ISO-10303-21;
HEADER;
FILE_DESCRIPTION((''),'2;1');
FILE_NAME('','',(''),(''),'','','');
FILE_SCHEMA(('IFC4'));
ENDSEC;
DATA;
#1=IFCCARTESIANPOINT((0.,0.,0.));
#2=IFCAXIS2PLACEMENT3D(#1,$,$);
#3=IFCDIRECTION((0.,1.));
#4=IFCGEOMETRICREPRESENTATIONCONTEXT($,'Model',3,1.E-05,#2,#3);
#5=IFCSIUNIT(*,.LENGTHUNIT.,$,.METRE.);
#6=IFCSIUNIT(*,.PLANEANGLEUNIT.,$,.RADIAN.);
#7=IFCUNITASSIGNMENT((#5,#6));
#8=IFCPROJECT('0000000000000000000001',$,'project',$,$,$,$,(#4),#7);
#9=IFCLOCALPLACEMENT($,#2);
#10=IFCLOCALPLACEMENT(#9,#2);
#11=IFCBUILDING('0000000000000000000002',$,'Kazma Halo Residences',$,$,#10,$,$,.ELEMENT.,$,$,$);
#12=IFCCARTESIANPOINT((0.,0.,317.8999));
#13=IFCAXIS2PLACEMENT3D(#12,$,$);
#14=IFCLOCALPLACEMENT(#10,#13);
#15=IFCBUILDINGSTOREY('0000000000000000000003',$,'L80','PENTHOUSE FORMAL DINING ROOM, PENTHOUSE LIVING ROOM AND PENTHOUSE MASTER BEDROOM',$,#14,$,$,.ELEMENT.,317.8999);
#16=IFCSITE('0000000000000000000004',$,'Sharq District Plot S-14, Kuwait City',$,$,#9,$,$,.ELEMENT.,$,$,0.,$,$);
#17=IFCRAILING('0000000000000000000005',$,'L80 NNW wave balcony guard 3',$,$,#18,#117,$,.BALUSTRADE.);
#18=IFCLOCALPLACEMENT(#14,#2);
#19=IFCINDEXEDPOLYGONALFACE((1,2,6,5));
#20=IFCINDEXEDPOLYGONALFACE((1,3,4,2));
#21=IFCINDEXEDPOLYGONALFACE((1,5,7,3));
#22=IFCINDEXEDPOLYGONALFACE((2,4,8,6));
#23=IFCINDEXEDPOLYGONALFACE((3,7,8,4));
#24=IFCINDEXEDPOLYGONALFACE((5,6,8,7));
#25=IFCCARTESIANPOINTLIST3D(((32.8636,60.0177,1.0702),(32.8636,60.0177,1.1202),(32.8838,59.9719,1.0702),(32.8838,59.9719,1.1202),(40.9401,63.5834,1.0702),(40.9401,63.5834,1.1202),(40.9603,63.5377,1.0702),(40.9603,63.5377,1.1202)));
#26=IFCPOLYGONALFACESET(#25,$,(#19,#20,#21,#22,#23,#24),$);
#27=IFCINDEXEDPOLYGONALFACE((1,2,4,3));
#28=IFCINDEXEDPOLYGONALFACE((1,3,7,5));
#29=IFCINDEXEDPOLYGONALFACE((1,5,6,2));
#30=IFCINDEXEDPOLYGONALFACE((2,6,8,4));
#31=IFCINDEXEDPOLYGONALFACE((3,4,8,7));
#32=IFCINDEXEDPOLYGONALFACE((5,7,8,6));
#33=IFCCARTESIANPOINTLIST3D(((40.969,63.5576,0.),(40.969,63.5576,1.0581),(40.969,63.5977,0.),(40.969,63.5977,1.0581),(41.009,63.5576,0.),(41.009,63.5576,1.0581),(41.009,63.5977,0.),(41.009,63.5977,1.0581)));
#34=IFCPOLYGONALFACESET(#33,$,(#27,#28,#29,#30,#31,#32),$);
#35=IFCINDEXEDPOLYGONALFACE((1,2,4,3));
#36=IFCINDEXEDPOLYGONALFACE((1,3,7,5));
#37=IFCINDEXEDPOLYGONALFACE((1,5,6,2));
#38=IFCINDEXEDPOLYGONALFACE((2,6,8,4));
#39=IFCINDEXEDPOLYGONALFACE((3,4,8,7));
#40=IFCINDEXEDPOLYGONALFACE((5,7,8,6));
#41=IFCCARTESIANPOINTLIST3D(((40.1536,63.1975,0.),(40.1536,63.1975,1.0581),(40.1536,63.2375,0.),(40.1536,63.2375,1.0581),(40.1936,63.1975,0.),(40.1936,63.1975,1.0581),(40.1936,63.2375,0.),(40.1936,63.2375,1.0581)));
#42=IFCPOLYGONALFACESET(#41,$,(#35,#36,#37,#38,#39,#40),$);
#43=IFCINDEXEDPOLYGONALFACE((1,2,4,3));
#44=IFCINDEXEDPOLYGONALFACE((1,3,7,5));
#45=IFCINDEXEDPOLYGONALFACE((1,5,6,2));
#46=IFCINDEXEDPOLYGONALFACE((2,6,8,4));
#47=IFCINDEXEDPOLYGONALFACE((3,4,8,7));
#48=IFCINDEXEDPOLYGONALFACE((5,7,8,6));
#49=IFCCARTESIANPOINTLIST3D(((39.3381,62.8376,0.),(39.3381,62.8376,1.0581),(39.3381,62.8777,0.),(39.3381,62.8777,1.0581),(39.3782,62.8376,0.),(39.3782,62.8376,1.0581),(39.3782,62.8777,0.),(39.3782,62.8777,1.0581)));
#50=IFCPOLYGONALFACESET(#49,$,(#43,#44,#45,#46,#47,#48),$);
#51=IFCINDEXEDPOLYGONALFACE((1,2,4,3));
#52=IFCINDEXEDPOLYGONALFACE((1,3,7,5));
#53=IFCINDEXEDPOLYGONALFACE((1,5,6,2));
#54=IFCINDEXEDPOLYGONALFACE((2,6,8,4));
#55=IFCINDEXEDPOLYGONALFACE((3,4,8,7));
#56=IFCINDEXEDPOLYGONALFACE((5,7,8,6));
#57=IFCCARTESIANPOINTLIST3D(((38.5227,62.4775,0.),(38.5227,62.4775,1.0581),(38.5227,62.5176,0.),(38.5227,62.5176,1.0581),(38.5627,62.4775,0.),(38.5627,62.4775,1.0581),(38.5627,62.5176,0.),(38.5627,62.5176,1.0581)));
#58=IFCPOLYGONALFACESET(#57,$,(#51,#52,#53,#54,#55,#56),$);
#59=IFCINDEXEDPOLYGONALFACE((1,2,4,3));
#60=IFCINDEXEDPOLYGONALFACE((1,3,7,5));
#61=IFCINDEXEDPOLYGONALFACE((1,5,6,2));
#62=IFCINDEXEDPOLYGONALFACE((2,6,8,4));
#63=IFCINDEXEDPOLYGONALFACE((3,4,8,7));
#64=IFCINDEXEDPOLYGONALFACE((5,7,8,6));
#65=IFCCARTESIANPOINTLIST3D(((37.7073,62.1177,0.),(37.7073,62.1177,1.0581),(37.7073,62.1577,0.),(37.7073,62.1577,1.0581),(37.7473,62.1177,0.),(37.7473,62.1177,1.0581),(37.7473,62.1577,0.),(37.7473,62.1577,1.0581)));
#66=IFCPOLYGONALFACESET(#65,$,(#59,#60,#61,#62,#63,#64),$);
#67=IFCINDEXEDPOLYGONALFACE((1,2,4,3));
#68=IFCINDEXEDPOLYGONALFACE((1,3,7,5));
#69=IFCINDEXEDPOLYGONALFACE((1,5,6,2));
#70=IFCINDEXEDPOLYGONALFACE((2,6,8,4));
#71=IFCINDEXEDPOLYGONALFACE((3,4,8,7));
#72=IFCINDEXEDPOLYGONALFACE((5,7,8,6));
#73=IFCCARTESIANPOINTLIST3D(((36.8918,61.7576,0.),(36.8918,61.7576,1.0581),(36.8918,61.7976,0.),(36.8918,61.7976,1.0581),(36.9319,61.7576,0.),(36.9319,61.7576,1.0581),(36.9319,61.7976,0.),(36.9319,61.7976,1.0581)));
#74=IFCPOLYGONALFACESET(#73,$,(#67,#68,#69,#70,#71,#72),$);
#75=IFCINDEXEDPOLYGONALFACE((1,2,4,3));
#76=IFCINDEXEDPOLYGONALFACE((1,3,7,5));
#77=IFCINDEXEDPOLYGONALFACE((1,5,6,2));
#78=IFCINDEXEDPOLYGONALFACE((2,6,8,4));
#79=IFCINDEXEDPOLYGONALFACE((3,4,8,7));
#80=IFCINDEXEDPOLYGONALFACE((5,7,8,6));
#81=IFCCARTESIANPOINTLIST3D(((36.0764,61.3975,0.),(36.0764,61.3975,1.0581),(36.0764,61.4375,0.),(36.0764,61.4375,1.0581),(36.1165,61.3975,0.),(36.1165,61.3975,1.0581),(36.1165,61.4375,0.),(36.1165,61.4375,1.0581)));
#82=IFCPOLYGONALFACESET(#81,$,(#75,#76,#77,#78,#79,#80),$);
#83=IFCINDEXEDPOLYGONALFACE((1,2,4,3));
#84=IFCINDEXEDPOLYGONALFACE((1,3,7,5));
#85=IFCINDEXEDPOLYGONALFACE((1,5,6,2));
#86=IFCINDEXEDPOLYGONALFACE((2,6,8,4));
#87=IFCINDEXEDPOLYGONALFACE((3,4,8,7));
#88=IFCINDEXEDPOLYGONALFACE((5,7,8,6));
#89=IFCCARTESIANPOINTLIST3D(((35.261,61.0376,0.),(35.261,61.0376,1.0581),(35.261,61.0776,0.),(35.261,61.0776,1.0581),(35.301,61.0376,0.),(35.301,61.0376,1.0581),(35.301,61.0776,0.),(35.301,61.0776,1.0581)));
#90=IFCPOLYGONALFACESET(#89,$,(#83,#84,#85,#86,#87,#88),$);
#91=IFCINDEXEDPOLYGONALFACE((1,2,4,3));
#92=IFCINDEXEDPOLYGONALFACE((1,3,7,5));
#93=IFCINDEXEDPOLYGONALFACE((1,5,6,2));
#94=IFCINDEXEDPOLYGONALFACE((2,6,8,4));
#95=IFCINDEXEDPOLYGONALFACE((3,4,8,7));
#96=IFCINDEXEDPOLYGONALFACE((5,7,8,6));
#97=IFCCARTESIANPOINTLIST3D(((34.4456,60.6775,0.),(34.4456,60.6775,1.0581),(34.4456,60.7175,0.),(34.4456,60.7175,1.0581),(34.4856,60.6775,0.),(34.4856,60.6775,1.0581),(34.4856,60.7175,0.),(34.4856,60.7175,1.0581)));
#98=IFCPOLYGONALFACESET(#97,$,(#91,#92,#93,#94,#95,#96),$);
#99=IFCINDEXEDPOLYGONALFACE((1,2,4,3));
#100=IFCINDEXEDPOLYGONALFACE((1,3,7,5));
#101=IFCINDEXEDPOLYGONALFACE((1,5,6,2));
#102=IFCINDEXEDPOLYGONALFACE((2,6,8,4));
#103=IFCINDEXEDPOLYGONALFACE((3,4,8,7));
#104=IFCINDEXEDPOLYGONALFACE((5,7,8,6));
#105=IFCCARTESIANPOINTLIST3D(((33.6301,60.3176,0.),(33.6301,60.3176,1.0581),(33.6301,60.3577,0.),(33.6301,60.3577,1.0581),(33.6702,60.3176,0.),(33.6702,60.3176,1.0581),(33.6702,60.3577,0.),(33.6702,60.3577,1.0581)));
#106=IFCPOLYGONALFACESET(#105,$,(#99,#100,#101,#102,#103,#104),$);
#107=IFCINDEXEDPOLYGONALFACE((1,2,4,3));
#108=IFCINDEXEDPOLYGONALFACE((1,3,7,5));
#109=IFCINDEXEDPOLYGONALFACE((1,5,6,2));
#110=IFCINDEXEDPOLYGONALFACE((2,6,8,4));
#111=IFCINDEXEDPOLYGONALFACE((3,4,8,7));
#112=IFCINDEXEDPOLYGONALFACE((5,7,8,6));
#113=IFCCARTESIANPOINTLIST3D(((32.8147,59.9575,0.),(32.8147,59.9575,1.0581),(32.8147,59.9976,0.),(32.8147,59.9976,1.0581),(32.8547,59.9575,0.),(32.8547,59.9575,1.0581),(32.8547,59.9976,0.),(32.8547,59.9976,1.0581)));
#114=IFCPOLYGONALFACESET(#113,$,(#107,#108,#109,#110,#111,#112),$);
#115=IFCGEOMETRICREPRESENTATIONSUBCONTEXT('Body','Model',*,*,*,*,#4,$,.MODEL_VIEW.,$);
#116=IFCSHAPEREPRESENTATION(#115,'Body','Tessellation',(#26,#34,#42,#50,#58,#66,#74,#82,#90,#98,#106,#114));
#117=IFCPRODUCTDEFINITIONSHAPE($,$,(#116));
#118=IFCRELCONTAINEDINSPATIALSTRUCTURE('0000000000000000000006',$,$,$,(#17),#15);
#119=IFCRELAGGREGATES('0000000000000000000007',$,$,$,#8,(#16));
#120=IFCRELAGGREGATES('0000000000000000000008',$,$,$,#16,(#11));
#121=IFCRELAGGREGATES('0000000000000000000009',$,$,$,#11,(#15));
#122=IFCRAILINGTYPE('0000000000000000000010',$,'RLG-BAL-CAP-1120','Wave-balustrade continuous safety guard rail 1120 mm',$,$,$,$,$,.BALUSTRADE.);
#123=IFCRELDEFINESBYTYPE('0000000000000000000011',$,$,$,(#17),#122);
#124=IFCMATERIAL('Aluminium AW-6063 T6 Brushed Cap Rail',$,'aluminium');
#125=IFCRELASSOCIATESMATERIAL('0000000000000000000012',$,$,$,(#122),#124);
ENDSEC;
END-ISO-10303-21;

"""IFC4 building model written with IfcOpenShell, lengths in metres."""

from ifc_helpers import new_model, si_unit, direction, frame, origin, origin_2d, place, context, subcontext, project, spatial, rectangle, extrude, material, type_object, element, save


model = new_model("IFC4")

# Units and contexts
model_context = context("Model", 3, precision=1e-05, world=origin(), true_north=direction((0.0, 1.0)))
body_context = subcontext(model_context, "Body", "Model", "MODEL_VIEW")
ifc_project = project(units=[si_unit("LENGTHUNIT", "METRE"), si_unit("PLANEANGLEUNIT", "RADIAN")], contexts=[model_context])

# Site, building, storey
site_placement = place(None, origin())
site = spatial("IfcSite", under=ifc_project, at=site_placement, Name="Sharq District Plot S-14, Kuwait City", CompositionType="ELEMENT", RefElevation=0.0)
building_placement = place(site_placement, origin())
building = spatial("IfcBuilding", under=site, at=building_placement, Name="Kazma Halo Residences", CompositionType="ELEMENT")
storey_placement = place(building_placement, frame((0.0, 0.0, 317.8999)))
storey = spatial("IfcBuildingStorey", under=building, at=storey_placement, Name="L80", Description="PENTHOUSE FORMAL DINING ROOM, PENTHOUSE LIVING ROOM AND PENTHOUSE MASTER BEDROOM", CompositionType="ELEMENT", Elevation=317.8999)

# Railing
ifc_material_1 = material(Name="Aluminium AW-6063 T6 Brushed Cap Rail", Category="aluminium")
railing_type = type_object("IfcRailingType", Name="RLG-BAL-CAP-1120", Description="Wave-balustrade continuous safety guard rail 1120 mm", PredefinedType="BALUSTRADE", material=ifc_material_1)
railing_placement = place(storey_placement, frame((40.989, 63.5776, 0.0)))
element("IfcRailing", 1, at=railing_placement, inside=storey, type_object=railing_type, Name="L80 NNW wave balcony guard 3", PredefinedType="BALUSTRADE", context=body_context, shape_type="SweptSolid", body=[
    extrude(rectangle(XDim=0.05, YDim=0.05, at=origin_2d()), frame((-0.0388, -0.0171, 1.0952), z_axis=(-0.914809, -0.403886, 0.0), x_axis=(0.403886, -0.914809, 0.0)), (0.0, 0.0, 1.0), 8.8286),
    extrude(rectangle(XDim=0.04, YDim=0.04, at=origin_2d()), origin(), (0.0, 0.0, 1.0), 1.0581),
    extrude(rectangle(XDim=0.04, YDim=0.04, at=origin_2d()), frame((-0.8154, -0.3601, 0.0)), (0.0, 0.0, 1.0), 1.0581),
    extrude(rectangle(XDim=0.04, YDim=0.04, at=origin_2d()), frame((-1.6309, -0.72, 0.0)), (0.0, 0.0, 1.0), 1.0581),
    extrude(rectangle(XDim=0.04, YDim=0.04, at=origin_2d()), frame((-2.4463, -1.0801, 0.0)), (0.0, 0.0, 1.0), 1.0581),
    extrude(rectangle(XDim=0.04, YDim=0.04, at=origin_2d()), frame((-3.2617, -1.4399, 0.0)), (0.0, 0.0, 1.0), 1.0581),
    extrude(rectangle(XDim=0.04, YDim=0.04, at=origin_2d()), frame((-4.0771, -1.8, 0.0)), (0.0, 0.0, 1.0), 1.0581),
    extrude(rectangle(XDim=0.04, YDim=0.04, at=origin_2d()), frame((-4.8926, -2.1602, 0.0)), (0.0, 0.0, 1.0), 1.0581),
    extrude(rectangle(XDim=0.04, YDim=0.04, at=origin_2d()), frame((-5.708, -2.52, 0.0)), (0.0, 0.0, 1.0), 1.0581),
    extrude(rectangle(XDim=0.04, YDim=0.04, at=origin_2d()), frame((-6.5234, -2.8801, 0.0)), (0.0, 0.0, 1.0), 1.0581),
    extrude(rectangle(XDim=0.04, YDim=0.04, at=origin_2d()), frame((-7.3389, -3.24, 0.0)), (0.0, 0.0, 1.0), 1.0581),
    extrude(rectangle(XDim=0.04, YDim=0.04, at=origin_2d()), frame((-8.1543, -3.6001, 0.0)), (0.0, 0.0, 1.0), 1.0581),
])

save(model, "model.ifc")
